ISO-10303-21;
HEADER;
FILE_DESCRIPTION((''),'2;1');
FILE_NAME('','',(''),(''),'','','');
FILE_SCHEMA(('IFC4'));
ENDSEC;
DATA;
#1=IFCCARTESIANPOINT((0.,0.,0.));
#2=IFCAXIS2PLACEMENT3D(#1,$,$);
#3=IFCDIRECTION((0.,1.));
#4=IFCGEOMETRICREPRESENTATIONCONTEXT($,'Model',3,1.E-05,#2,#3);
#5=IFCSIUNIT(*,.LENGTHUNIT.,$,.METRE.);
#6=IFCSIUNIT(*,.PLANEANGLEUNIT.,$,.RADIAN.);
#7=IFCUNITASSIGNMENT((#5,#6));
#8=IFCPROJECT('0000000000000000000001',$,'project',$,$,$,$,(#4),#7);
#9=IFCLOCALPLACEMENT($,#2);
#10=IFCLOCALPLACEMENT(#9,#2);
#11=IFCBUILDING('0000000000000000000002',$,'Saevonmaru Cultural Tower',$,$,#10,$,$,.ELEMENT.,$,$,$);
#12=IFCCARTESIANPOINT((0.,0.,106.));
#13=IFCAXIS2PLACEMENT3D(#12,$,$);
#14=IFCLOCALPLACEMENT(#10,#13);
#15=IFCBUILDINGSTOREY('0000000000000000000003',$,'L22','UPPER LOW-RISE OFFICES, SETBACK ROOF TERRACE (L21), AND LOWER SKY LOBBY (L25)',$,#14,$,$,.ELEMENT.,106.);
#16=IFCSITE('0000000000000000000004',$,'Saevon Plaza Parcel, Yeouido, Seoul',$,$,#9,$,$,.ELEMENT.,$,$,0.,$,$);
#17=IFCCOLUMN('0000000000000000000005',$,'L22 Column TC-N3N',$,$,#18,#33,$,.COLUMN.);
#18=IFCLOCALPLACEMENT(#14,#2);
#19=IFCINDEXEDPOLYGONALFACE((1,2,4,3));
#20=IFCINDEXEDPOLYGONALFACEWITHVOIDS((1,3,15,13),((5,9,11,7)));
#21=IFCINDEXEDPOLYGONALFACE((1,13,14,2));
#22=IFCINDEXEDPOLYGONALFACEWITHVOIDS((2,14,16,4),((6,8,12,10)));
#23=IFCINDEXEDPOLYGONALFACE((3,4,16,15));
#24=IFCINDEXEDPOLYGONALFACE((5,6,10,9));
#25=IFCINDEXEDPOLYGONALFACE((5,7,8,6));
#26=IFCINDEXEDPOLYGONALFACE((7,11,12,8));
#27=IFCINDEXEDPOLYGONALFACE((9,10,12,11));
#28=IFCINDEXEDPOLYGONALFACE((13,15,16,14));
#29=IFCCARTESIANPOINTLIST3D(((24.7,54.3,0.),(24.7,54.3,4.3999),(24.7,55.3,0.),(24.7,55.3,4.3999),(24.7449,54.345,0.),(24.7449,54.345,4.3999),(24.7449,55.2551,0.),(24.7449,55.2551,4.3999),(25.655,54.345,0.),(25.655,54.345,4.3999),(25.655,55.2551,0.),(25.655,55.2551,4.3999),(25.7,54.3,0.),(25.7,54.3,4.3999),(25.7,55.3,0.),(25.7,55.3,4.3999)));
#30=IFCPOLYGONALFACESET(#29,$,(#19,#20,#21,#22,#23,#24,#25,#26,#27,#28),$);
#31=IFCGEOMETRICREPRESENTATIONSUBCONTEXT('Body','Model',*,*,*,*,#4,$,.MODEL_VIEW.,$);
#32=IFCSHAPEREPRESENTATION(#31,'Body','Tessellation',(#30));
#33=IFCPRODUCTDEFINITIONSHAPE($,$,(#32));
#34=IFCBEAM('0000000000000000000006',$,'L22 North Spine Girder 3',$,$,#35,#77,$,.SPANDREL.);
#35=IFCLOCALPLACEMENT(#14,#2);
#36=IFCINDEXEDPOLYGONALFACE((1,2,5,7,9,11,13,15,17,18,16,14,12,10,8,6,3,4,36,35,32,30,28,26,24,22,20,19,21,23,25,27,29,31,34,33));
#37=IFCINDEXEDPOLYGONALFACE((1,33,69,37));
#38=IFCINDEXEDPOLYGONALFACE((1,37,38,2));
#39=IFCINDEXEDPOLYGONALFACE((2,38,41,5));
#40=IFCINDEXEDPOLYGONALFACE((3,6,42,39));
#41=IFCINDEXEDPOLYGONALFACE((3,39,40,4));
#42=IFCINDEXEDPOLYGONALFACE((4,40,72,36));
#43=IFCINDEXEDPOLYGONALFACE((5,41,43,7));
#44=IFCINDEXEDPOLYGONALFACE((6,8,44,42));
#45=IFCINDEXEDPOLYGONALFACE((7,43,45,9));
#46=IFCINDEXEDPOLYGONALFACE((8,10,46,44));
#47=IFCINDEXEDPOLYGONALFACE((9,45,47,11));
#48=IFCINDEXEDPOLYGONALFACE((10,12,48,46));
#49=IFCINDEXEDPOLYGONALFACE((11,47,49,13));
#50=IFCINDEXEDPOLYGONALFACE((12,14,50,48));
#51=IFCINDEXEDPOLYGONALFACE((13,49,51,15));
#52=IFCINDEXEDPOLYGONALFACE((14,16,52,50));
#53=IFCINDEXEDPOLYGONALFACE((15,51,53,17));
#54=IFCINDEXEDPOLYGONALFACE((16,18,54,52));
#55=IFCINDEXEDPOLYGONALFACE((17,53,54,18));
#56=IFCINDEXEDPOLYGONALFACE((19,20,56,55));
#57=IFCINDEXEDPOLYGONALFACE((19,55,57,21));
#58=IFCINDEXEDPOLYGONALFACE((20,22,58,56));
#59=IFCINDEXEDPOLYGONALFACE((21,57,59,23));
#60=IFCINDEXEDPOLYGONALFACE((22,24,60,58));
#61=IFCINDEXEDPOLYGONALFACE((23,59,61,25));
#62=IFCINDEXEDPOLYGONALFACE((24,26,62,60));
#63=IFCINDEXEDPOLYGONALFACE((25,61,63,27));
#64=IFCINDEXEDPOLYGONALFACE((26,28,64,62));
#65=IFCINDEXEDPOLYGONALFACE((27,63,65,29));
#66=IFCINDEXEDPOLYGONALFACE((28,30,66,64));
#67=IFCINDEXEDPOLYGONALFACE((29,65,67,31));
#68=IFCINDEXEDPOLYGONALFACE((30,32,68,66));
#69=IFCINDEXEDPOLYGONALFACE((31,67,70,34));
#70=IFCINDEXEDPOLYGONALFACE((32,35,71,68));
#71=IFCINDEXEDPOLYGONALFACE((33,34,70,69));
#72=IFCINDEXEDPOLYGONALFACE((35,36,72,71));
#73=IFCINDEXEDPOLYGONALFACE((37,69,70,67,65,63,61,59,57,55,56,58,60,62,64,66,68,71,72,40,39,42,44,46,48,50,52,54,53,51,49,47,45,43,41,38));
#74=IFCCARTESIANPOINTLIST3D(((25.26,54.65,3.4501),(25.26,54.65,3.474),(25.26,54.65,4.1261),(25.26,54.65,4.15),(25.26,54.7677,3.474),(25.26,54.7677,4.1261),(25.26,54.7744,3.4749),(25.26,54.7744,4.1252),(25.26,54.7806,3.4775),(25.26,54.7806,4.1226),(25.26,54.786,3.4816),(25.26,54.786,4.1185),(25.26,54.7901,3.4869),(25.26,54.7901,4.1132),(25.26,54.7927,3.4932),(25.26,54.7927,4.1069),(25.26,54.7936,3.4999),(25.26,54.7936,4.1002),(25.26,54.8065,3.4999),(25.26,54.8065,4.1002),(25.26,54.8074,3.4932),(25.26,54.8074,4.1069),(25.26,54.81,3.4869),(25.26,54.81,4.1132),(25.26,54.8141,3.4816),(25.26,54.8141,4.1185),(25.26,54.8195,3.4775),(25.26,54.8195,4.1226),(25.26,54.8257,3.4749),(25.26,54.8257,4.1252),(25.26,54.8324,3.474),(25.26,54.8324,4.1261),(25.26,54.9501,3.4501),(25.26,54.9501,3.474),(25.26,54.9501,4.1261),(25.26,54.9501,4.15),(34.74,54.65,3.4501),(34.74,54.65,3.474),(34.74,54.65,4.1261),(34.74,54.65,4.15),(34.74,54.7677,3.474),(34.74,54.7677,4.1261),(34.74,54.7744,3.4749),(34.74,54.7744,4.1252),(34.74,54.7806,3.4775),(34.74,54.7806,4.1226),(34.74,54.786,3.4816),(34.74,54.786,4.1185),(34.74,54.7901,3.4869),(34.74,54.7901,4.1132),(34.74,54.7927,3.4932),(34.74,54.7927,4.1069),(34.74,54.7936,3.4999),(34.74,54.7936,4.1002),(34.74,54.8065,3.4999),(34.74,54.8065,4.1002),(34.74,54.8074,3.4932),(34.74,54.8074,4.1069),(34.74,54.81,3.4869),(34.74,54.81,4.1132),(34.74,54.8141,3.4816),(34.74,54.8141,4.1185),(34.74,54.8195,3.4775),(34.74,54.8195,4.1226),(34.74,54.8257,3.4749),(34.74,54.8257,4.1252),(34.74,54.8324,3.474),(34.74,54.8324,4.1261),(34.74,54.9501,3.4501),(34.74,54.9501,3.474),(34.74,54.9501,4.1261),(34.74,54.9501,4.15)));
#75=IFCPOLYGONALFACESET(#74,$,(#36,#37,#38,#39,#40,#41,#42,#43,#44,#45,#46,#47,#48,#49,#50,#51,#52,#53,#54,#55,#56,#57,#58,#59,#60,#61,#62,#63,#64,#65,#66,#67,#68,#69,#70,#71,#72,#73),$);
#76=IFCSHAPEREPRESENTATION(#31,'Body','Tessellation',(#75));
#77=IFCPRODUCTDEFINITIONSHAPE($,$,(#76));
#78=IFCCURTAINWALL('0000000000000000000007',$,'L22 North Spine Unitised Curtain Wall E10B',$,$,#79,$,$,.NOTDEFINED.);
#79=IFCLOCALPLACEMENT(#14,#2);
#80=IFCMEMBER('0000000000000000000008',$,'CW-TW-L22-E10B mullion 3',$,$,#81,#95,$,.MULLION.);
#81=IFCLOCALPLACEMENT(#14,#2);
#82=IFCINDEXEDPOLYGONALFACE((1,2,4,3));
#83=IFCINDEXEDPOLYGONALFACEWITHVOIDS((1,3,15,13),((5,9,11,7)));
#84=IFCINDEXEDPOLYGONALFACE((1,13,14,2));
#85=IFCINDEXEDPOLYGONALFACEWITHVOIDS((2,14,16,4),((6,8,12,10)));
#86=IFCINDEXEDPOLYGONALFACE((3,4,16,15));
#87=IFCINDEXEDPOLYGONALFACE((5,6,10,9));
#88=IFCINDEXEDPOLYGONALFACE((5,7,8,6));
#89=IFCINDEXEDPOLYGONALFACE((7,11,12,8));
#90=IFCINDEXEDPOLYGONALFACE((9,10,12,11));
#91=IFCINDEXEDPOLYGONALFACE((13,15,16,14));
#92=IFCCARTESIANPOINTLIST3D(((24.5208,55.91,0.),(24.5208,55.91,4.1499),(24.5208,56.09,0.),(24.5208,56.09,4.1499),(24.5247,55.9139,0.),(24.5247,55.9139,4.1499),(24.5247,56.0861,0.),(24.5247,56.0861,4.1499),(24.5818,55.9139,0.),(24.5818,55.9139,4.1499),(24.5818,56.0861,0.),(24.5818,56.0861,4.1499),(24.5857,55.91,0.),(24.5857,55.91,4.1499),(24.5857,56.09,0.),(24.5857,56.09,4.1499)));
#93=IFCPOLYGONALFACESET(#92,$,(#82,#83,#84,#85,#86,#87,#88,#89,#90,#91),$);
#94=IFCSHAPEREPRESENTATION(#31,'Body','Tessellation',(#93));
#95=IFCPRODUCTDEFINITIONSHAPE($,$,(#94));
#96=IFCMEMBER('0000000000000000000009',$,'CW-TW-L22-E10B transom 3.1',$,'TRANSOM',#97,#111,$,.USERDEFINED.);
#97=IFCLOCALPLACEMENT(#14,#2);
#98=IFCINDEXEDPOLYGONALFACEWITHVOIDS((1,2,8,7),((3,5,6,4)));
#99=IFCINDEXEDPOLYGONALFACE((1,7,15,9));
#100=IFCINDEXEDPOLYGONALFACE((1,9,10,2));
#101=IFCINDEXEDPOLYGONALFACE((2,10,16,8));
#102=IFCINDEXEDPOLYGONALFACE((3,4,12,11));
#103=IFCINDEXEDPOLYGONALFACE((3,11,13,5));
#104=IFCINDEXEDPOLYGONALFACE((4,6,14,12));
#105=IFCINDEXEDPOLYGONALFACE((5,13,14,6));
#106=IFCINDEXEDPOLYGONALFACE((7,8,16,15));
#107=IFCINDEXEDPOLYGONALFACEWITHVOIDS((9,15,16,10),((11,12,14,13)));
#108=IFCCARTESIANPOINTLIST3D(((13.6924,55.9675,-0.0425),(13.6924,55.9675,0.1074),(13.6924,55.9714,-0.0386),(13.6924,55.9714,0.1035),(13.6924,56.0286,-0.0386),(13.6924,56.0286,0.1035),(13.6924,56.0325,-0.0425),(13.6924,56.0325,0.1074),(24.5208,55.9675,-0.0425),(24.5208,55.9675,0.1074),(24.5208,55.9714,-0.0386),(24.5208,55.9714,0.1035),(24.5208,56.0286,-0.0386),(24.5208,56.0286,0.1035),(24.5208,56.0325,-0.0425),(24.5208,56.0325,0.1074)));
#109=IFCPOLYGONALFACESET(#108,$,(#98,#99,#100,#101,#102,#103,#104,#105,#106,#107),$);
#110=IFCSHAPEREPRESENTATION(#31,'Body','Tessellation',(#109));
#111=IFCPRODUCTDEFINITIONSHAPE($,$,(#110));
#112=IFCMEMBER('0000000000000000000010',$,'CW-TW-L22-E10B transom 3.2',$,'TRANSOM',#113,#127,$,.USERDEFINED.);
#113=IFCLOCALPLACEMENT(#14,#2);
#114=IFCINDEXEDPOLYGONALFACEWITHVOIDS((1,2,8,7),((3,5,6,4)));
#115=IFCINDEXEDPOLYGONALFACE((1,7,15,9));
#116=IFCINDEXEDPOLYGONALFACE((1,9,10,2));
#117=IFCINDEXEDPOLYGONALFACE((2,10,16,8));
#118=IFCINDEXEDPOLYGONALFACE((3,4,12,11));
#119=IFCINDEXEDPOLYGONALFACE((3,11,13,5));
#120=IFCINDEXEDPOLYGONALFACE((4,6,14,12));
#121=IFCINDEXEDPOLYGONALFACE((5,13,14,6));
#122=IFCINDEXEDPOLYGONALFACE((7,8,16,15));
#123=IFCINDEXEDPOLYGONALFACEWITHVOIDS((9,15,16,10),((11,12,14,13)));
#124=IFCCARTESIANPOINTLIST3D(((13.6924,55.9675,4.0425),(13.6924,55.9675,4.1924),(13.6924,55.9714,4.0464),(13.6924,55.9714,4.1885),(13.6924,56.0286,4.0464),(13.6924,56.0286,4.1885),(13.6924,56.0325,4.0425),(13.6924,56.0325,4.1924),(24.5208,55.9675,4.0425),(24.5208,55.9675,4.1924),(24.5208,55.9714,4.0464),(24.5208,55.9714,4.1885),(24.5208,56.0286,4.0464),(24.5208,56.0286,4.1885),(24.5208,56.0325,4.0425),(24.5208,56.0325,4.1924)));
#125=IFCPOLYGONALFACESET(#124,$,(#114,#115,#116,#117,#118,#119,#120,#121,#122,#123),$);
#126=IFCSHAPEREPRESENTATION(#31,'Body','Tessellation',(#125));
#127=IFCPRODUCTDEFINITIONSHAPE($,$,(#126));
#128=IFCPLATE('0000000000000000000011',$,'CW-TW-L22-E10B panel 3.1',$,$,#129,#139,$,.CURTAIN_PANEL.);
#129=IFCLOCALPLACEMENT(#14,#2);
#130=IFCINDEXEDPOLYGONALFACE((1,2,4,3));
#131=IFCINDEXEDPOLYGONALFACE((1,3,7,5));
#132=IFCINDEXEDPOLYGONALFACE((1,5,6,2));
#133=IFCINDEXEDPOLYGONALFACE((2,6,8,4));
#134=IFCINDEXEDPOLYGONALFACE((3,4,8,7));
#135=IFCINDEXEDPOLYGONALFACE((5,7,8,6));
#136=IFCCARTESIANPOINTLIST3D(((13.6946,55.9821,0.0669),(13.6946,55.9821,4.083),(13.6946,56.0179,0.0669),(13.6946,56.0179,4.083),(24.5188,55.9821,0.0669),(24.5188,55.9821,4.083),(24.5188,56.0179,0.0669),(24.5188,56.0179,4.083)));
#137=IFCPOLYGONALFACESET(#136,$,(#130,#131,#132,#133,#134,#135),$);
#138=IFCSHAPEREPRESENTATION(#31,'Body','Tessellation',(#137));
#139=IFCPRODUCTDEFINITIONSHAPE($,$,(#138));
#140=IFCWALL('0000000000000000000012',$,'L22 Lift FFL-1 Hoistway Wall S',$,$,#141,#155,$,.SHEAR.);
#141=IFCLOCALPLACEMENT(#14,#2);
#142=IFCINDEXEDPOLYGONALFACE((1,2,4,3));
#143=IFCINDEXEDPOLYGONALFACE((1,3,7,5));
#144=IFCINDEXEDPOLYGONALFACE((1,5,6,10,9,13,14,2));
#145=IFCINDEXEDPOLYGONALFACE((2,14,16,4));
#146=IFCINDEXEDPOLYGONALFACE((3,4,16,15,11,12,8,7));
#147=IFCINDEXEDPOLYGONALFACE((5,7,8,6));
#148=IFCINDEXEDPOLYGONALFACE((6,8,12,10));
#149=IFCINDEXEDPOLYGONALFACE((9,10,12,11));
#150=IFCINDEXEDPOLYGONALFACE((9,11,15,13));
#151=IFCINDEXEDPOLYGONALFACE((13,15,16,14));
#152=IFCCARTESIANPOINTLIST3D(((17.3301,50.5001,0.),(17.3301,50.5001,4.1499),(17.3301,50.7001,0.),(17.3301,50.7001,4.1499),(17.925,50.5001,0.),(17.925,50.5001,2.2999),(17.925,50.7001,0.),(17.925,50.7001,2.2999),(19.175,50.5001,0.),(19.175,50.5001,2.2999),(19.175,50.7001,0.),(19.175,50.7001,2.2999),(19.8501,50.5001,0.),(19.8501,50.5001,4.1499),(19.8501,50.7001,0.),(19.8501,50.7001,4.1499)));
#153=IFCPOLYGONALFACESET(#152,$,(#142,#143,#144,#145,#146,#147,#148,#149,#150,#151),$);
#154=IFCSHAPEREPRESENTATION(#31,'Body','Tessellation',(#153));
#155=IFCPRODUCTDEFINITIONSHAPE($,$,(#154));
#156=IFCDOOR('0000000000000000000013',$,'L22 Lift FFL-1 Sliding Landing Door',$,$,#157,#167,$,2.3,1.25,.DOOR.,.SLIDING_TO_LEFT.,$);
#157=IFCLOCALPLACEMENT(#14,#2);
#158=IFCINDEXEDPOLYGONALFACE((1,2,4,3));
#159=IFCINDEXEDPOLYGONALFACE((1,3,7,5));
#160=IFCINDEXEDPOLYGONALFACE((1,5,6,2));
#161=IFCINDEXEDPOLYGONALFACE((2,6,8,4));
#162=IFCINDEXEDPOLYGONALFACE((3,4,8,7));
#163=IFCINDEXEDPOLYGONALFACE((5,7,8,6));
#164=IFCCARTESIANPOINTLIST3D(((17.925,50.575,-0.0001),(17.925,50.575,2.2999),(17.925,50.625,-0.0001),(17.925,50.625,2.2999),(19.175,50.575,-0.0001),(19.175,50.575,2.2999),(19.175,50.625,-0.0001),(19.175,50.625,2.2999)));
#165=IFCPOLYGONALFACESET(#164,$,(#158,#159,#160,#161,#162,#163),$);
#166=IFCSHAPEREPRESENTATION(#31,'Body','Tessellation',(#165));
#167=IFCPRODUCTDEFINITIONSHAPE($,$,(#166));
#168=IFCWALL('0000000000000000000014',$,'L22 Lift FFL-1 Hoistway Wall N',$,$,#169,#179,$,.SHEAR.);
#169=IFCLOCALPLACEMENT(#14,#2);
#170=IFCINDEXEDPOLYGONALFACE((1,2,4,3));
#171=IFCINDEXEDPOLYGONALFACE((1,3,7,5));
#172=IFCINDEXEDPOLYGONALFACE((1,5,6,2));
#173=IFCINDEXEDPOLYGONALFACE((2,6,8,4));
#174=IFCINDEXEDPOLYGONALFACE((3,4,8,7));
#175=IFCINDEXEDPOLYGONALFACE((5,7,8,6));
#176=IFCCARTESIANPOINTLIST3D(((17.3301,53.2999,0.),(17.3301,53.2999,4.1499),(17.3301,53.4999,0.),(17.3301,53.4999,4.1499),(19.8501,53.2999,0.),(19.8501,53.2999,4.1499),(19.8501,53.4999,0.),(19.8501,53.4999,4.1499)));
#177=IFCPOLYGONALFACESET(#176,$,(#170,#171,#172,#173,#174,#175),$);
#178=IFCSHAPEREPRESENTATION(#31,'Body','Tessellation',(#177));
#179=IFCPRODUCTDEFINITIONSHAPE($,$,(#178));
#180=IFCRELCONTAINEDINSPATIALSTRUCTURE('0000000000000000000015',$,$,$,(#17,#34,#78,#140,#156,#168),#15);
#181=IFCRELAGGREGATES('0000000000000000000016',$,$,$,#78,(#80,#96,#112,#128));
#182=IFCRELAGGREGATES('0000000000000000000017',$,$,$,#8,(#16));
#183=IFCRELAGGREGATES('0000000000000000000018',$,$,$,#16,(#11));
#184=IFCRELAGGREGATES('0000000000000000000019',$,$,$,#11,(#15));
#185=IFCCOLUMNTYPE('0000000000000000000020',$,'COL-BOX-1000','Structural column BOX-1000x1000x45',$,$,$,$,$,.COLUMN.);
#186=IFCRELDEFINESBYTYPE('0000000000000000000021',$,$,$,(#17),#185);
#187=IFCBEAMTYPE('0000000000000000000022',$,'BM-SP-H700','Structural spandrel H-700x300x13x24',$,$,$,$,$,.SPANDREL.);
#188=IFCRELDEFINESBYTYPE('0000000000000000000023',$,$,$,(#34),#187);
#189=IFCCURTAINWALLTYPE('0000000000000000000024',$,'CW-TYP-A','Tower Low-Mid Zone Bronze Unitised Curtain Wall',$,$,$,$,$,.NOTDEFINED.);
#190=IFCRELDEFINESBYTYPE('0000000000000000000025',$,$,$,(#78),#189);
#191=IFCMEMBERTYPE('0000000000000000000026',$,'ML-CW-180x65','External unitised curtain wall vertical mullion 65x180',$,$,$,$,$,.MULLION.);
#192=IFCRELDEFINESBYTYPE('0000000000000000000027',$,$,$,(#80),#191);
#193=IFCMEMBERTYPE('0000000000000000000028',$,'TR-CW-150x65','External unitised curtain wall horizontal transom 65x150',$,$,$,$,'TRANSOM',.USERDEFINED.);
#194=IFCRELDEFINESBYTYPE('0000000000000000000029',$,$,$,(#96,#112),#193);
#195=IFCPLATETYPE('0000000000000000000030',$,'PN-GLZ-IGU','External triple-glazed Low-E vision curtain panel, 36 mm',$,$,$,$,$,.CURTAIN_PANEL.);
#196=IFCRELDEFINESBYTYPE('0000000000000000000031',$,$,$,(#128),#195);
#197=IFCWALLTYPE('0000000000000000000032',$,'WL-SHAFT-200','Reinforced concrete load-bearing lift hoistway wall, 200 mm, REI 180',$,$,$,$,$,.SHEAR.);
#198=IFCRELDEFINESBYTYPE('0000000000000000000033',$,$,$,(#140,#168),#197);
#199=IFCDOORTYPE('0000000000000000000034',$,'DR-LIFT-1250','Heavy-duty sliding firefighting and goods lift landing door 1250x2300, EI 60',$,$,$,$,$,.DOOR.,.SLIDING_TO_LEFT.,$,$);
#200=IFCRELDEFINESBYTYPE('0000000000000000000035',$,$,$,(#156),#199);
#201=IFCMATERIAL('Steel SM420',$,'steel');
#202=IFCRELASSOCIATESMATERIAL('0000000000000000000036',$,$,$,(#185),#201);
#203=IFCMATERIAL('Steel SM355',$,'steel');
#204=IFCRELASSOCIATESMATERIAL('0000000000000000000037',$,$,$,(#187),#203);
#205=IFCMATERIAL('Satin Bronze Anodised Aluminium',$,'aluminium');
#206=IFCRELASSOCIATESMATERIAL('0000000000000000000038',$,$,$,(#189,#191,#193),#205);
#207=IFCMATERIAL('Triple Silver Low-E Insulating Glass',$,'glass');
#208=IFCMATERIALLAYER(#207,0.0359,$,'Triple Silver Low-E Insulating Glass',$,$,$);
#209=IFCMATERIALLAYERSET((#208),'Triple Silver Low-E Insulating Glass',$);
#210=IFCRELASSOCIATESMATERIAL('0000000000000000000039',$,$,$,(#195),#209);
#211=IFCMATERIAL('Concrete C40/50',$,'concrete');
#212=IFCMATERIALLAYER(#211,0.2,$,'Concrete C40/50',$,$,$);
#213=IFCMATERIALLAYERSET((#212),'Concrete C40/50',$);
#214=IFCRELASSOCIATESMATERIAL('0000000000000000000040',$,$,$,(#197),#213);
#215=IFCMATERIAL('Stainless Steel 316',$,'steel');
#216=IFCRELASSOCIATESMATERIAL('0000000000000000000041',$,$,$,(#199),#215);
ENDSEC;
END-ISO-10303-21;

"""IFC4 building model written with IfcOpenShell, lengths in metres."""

from ifc_helpers import new_model, si_unit, direction, frame, frame_2d, origin, origin_2d, place, context, subcontext, project, spatial, rectangle, hollow_rectangle, i_section, extrude, material, layer, layer_set, material_profile, profile_set, type_object, element, fill, aggregate, save


model = new_model("IFC4")

# Units and contexts
model_context = context("Model", 3, precision=1e-05, world=origin(), true_north=direction((0.0, 1.0)))
body_context = subcontext(model_context, "Body", "Model", "MODEL_VIEW")
ifc_project = project(units=[si_unit("LENGTHUNIT", "METRE"), si_unit("PLANEANGLEUNIT", "RADIAN")], contexts=[model_context])

# Site, building, storey
site_placement = place(None, origin())
site = spatial("IfcSite", under=ifc_project, at=site_placement, Name="Saevon Plaza Parcel, Yeouido, Seoul", CompositionType="ELEMENT", RefElevation=0.0)
building_placement = place(site_placement, origin())
building = spatial("IfcBuilding", under=site, at=building_placement, Name="Saevonmaru Cultural Tower", CompositionType="ELEMENT")
storey_placement = place(building_placement, frame((0.0, 0.0, 106.0)))
storey = spatial("IfcBuildingStorey", under=building, at=storey_placement, Name="L22", Description="UPPER LOW-RISE OFFICES, SETBACK ROOF TERRACE (L21), AND LOWER SKY LOBBY (L25)", CompositionType="ELEMENT", Elevation=106.0)

# Column
ifc_material_1 = material(Name="Steel SM420", Category="steel")
ifc_material_profile_1 = material_profile(ifc_material_1, hollow_rectangle(XDim=1.0, YDim=1.0, WallThickness=0.0449, at=origin_2d()), Name="BOX-1000x1000x45")
ifc_profile_set_1 = profile_set([ifc_material_profile_1], Name="Steel SM420")
column_type = type_object("IfcColumnType", Name="COL-BOX-1000", Description="Structural column BOX-1000x1000x45", PredefinedType="COLUMN", material=ifc_profile_set_1)
column_placement = place(storey_placement, frame((25.2, 54.8, 0.0), z_axis=(0.0, 0.0, 1.0), x_axis=(1.0, 0.0, 0.0)))
element("IfcColumn", 1, at=column_placement, inside=storey, type_object=column_type, Name="L22 Column TC-N3N", PredefinedType="COLUMN", context=body_context, shape_type="SweptSolid", body=[
    extrude(hollow_rectangle(XDim=1.0, YDim=1.0, WallThickness=0.0449, at=origin_2d()), origin(), (0.0, 0.0, 1.0), 4.3999),
])

# Beam
ifc_material_2 = material(Name="Steel SM355", Category="steel")
ifc_material_profile_2 = material_profile(ifc_material_2, i_section(OverallWidth=0.3, OverallDepth=0.7, WebThickness=0.0129, FlangeThickness=0.0239, FilletRadius=0.0259, at=origin_2d()), Name="H-700x300x13x24")
ifc_profile_set_2 = profile_set([ifc_material_profile_2], Name="Steel SM355")
beam_type = type_object("IfcBeamType", Name="BM-SP-H700", Description="Structural spandrel H-700x300x13x24", PredefinedType="SPANDREL", material=ifc_profile_set_2)
beam_placement = place(storey_placement, frame((25.26, 54.8, 3.8), z_axis=(1.0, 0.0, 0.0), x_axis=(0.0, 1.0, 0.0)))
element("IfcBeam", 2, at=beam_placement, inside=storey, type_object=beam_type, Name="L22 North Spine Girder 3", PredefinedType="SPANDREL", context=body_context, shape_type="SweptSolid", body=[
    extrude(i_section(OverallWidth=0.3, OverallDepth=0.7, WebThickness=0.0129, FlangeThickness=0.0239, FilletRadius=0.0259, at=origin_2d()), origin(), (0.0, 0.0, 1.0), 9.48),
])

# Curtain wall, members, plate
ifc_material_3 = material(Name="Satin Bronze Anodised Aluminium", Category="aluminium")
curtain_wall_type = type_object("IfcCurtainWallType", Name="CW-TYP-A", Description="Tower Low-Mid Zone Bronze Unitised Curtain Wall", PredefinedType="NOTDEFINED", material=ifc_material_3)
curtain_wall_placement = place(storey_placement, origin())
curtain_wall = element("IfcCurtainWall", 3, at=curtain_wall_placement, inside=storey, type_object=curtain_wall_type, Name="L22 North Spine Unitised Curtain Wall E10B", PredefinedType="NOTDEFINED")
ifc_material_profile_3 = material_profile(ifc_material_3, hollow_rectangle(XDim=0.0649, YDim=0.1799, WallThickness=0.0039, at=origin_2d()), Name="ALU-MULL-180x65x4")
ifc_profile_set_3 = profile_set([ifc_material_profile_3], Name="Satin Bronze Anodised Aluminium")
member_type_1 = type_object("IfcMemberType", Name="ML-CW-180x65", Description="External unitised curtain wall vertical mullion 65x180", PredefinedType="MULLION", material=ifc_profile_set_3)
member_1_placement = place(storey_placement, frame((24.5532, 56.0, 0.0), z_axis=(0.0, 0.0, 1.0), x_axis=(-1.0, 0.0, 0.0)))
member_1 = element("IfcMember", 4, at=member_1_placement, type_object=member_type_1, Name="CW-TW-L22-E10B mullion 3", PredefinedType="MULLION", context=body_context, shape_type="SweptSolid", body=[
    extrude(hollow_rectangle(XDim=0.0649, YDim=0.1799, WallThickness=0.0039, at=origin_2d()), origin(), (0.0, 0.0, 1.0), 4.1499),
])
ifc_material_profile_4 = material_profile(ifc_material_3, hollow_rectangle(XDim=0.0649, YDim=0.1499, WallThickness=0.0039, at=origin_2d()), Name="ALU-TRAN-150x65x4")
ifc_profile_set_4 = profile_set([ifc_material_profile_4], Name="Satin Bronze Anodised Aluminium")
member_type_2 = type_object("IfcMemberType", Name="TR-CW-150x65", Description="External unitised curtain wall horizontal transom 65x150", ElementType="TRANSOM", PredefinedType="USERDEFINED", material=ifc_profile_set_4)
member_2_placement = place(storey_placement, frame((24.5208, 56.0, 0.0325), z_axis=(-1.0, 0.0, 0.0), x_axis=(0.0, -1.0, 0.0)))
member_2 = element("IfcMember", 5, at=member_2_placement, type_object=member_type_2, Name="CW-TW-L22-E10B transom 3.1", ObjectType="TRANSOM", PredefinedType="USERDEFINED", context=body_context, shape_type="SweptSolid", body=[
    extrude(hollow_rectangle(XDim=0.0649, YDim=0.1499, WallThickness=0.0039, at=origin_2d()), origin(), (0.0, 0.0, 1.0), 10.8284),
])
member_3_placement = place(storey_placement, frame((24.5208, 56.0, 4.1174), z_axis=(-1.0, 0.0, 0.0), x_axis=(0.0, -1.0, 0.0)))
member_3 = element("IfcMember", 6, at=member_3_placement, type_object=member_type_2, Name="CW-TW-L22-E10B transom 3.2", ObjectType="TRANSOM", PredefinedType="USERDEFINED", context=body_context, shape_type="SweptSolid", body=[
    extrude(hollow_rectangle(XDim=0.0649, YDim=0.1499, WallThickness=0.0039, at=origin_2d()), origin(), (0.0, 0.0, 1.0), 10.8284),
])
ifc_material_4 = material(Name="Triple Silver Low-E Insulating Glass", Category="glass")
ifc_layer_1 = layer(ifc_material_4, 0.0359, Name="Triple Silver Low-E Insulating Glass")
ifc_layer_set_1 = layer_set([ifc_layer_1], Name="Triple Silver Low-E Insulating Glass")
plate_type = type_object("IfcPlateType", Name="PN-GLZ-IGU", Description="External triple-glazed Low-E vision curtain panel, 36 mm", PredefinedType="CURTAIN_PANEL", material=ifc_layer_set_1)
plate_placement = place(storey_placement, frame((19.1067, 56.0, 0.0669), z_axis=(0.0, 0.0, 1.0), x_axis=(-1.0, 0.0, 0.0)))
plate = element("IfcPlate", 7, at=plate_placement, type_object=plate_type, Name="CW-TW-L22-E10B panel 3.1", PredefinedType="CURTAIN_PANEL", context=body_context, shape_type="SweptSolid", body=[
    extrude(rectangle(XDim=10.8242, YDim=0.0359, at=origin_2d()), origin(), (0.0, 0.0, 1.0), 4.0161),
])
aggregate(curtain_wall, [member_1, member_2, member_3, plate])

# Wall, opening, door
ifc_material_5 = material(Name="Concrete C40/50", Category="concrete")
ifc_layer_2 = layer(ifc_material_5, 0.2, Name="Concrete C40/50")
ifc_layer_set_2 = layer_set([ifc_layer_2], Name="Concrete C40/50")
wall_type = type_object("IfcWallType", Name="WL-SHAFT-200", Description="Reinforced concrete load-bearing lift hoistway wall, 200 mm, REI 180", PredefinedType="SHEAR", material=ifc_layer_set_2)
wall_1_placement = place(storey_placement, frame((17.3301, 50.6001, 0.0), z_axis=(0.0, 0.0, 1.0), x_axis=(1.0, 0.0, 0.0)))
wall_1 = element("IfcWall", 8, at=wall_1_placement, inside=storey, type_object=wall_type, Name="L22 Lift FFL-1 Hoistway Wall S", PredefinedType="SHEAR", context=body_context, shape_type="SweptSolid", body=[
    extrude(rectangle(XDim=2.52, YDim=0.2, at=frame_2d((1.26, 0.0))), origin(), (0.0, 0.0, 1.0), 4.1499),
])
opening_1_placement = place(wall_1_placement, frame((0.595, 0.0, 0.0)))
opening_1 = element("IfcOpeningElement", 9, at=opening_1_placement, cuts=wall_1, PredefinedType="OPENING", context=body_context, shape_type="SweptSolid", body=[
    extrude(rectangle(XDim=1.25, YDim=2.3, at=frame_2d((0.625, 1.1499))), frame((0.0, 0.1099, 0.0), z_axis=(0.0, -1.0, 0.0), x_axis=(1.0, 0.0, 0.0)), (0.0, 0.0, 1.0), 0.22),
])
ifc_material_6 = material(Name="Stainless Steel 316", Category="steel")
door_type_1 = type_object("IfcDoorType", Name="DR-LIFT-1250", Description="Heavy-duty sliding firefighting and goods lift landing door 1250x2300, EI 60", OperationType="SLIDING_TO_LEFT", PredefinedType="DOOR", material=ifc_material_6)
door_1_placement = place(opening_1_placement, origin())
door_1 = element("IfcDoor", 10, at=door_1_placement, inside=storey, type_object=door_type_1, Name="L22 Lift FFL-1 Sliding Landing Door", OperationType="SLIDING_TO_LEFT", OverallHeight=2.3, OverallWidth=1.25, PredefinedType="DOOR", context=body_context, shape_type="SweptSolid", body=[
    extrude(rectangle(XDim=1.25, YDim=2.3, at=frame_2d((0.625, 1.1499))), frame((0.0, 0.0249, 0.0), z_axis=(0.0, -1.0, 0.0), x_axis=(1.0, 0.0, 0.0)), (0.0, 0.0, 1.0), 0.05),
])
fill(opening_1, door_1)

# Wall
wall_2_placement = place(storey_placement, frame((17.3301, 53.3999, 0.0), z_axis=(0.0, 0.0, 1.0), x_axis=(1.0, 0.0, 0.0)))
element("IfcWall", 11, at=wall_2_placement, inside=storey, type_object=wall_type, Name="L22 Lift FFL-1 Hoistway Wall N", PredefinedType="SHEAR", context=body_context, shape_type="SweptSolid", body=[
    extrude(rectangle(XDim=2.52, YDim=0.2, at=frame_2d((1.26, 0.0))), origin(), (0.0, 0.0, 1.0), 4.1499),
])

save(model, "model.ifc")
